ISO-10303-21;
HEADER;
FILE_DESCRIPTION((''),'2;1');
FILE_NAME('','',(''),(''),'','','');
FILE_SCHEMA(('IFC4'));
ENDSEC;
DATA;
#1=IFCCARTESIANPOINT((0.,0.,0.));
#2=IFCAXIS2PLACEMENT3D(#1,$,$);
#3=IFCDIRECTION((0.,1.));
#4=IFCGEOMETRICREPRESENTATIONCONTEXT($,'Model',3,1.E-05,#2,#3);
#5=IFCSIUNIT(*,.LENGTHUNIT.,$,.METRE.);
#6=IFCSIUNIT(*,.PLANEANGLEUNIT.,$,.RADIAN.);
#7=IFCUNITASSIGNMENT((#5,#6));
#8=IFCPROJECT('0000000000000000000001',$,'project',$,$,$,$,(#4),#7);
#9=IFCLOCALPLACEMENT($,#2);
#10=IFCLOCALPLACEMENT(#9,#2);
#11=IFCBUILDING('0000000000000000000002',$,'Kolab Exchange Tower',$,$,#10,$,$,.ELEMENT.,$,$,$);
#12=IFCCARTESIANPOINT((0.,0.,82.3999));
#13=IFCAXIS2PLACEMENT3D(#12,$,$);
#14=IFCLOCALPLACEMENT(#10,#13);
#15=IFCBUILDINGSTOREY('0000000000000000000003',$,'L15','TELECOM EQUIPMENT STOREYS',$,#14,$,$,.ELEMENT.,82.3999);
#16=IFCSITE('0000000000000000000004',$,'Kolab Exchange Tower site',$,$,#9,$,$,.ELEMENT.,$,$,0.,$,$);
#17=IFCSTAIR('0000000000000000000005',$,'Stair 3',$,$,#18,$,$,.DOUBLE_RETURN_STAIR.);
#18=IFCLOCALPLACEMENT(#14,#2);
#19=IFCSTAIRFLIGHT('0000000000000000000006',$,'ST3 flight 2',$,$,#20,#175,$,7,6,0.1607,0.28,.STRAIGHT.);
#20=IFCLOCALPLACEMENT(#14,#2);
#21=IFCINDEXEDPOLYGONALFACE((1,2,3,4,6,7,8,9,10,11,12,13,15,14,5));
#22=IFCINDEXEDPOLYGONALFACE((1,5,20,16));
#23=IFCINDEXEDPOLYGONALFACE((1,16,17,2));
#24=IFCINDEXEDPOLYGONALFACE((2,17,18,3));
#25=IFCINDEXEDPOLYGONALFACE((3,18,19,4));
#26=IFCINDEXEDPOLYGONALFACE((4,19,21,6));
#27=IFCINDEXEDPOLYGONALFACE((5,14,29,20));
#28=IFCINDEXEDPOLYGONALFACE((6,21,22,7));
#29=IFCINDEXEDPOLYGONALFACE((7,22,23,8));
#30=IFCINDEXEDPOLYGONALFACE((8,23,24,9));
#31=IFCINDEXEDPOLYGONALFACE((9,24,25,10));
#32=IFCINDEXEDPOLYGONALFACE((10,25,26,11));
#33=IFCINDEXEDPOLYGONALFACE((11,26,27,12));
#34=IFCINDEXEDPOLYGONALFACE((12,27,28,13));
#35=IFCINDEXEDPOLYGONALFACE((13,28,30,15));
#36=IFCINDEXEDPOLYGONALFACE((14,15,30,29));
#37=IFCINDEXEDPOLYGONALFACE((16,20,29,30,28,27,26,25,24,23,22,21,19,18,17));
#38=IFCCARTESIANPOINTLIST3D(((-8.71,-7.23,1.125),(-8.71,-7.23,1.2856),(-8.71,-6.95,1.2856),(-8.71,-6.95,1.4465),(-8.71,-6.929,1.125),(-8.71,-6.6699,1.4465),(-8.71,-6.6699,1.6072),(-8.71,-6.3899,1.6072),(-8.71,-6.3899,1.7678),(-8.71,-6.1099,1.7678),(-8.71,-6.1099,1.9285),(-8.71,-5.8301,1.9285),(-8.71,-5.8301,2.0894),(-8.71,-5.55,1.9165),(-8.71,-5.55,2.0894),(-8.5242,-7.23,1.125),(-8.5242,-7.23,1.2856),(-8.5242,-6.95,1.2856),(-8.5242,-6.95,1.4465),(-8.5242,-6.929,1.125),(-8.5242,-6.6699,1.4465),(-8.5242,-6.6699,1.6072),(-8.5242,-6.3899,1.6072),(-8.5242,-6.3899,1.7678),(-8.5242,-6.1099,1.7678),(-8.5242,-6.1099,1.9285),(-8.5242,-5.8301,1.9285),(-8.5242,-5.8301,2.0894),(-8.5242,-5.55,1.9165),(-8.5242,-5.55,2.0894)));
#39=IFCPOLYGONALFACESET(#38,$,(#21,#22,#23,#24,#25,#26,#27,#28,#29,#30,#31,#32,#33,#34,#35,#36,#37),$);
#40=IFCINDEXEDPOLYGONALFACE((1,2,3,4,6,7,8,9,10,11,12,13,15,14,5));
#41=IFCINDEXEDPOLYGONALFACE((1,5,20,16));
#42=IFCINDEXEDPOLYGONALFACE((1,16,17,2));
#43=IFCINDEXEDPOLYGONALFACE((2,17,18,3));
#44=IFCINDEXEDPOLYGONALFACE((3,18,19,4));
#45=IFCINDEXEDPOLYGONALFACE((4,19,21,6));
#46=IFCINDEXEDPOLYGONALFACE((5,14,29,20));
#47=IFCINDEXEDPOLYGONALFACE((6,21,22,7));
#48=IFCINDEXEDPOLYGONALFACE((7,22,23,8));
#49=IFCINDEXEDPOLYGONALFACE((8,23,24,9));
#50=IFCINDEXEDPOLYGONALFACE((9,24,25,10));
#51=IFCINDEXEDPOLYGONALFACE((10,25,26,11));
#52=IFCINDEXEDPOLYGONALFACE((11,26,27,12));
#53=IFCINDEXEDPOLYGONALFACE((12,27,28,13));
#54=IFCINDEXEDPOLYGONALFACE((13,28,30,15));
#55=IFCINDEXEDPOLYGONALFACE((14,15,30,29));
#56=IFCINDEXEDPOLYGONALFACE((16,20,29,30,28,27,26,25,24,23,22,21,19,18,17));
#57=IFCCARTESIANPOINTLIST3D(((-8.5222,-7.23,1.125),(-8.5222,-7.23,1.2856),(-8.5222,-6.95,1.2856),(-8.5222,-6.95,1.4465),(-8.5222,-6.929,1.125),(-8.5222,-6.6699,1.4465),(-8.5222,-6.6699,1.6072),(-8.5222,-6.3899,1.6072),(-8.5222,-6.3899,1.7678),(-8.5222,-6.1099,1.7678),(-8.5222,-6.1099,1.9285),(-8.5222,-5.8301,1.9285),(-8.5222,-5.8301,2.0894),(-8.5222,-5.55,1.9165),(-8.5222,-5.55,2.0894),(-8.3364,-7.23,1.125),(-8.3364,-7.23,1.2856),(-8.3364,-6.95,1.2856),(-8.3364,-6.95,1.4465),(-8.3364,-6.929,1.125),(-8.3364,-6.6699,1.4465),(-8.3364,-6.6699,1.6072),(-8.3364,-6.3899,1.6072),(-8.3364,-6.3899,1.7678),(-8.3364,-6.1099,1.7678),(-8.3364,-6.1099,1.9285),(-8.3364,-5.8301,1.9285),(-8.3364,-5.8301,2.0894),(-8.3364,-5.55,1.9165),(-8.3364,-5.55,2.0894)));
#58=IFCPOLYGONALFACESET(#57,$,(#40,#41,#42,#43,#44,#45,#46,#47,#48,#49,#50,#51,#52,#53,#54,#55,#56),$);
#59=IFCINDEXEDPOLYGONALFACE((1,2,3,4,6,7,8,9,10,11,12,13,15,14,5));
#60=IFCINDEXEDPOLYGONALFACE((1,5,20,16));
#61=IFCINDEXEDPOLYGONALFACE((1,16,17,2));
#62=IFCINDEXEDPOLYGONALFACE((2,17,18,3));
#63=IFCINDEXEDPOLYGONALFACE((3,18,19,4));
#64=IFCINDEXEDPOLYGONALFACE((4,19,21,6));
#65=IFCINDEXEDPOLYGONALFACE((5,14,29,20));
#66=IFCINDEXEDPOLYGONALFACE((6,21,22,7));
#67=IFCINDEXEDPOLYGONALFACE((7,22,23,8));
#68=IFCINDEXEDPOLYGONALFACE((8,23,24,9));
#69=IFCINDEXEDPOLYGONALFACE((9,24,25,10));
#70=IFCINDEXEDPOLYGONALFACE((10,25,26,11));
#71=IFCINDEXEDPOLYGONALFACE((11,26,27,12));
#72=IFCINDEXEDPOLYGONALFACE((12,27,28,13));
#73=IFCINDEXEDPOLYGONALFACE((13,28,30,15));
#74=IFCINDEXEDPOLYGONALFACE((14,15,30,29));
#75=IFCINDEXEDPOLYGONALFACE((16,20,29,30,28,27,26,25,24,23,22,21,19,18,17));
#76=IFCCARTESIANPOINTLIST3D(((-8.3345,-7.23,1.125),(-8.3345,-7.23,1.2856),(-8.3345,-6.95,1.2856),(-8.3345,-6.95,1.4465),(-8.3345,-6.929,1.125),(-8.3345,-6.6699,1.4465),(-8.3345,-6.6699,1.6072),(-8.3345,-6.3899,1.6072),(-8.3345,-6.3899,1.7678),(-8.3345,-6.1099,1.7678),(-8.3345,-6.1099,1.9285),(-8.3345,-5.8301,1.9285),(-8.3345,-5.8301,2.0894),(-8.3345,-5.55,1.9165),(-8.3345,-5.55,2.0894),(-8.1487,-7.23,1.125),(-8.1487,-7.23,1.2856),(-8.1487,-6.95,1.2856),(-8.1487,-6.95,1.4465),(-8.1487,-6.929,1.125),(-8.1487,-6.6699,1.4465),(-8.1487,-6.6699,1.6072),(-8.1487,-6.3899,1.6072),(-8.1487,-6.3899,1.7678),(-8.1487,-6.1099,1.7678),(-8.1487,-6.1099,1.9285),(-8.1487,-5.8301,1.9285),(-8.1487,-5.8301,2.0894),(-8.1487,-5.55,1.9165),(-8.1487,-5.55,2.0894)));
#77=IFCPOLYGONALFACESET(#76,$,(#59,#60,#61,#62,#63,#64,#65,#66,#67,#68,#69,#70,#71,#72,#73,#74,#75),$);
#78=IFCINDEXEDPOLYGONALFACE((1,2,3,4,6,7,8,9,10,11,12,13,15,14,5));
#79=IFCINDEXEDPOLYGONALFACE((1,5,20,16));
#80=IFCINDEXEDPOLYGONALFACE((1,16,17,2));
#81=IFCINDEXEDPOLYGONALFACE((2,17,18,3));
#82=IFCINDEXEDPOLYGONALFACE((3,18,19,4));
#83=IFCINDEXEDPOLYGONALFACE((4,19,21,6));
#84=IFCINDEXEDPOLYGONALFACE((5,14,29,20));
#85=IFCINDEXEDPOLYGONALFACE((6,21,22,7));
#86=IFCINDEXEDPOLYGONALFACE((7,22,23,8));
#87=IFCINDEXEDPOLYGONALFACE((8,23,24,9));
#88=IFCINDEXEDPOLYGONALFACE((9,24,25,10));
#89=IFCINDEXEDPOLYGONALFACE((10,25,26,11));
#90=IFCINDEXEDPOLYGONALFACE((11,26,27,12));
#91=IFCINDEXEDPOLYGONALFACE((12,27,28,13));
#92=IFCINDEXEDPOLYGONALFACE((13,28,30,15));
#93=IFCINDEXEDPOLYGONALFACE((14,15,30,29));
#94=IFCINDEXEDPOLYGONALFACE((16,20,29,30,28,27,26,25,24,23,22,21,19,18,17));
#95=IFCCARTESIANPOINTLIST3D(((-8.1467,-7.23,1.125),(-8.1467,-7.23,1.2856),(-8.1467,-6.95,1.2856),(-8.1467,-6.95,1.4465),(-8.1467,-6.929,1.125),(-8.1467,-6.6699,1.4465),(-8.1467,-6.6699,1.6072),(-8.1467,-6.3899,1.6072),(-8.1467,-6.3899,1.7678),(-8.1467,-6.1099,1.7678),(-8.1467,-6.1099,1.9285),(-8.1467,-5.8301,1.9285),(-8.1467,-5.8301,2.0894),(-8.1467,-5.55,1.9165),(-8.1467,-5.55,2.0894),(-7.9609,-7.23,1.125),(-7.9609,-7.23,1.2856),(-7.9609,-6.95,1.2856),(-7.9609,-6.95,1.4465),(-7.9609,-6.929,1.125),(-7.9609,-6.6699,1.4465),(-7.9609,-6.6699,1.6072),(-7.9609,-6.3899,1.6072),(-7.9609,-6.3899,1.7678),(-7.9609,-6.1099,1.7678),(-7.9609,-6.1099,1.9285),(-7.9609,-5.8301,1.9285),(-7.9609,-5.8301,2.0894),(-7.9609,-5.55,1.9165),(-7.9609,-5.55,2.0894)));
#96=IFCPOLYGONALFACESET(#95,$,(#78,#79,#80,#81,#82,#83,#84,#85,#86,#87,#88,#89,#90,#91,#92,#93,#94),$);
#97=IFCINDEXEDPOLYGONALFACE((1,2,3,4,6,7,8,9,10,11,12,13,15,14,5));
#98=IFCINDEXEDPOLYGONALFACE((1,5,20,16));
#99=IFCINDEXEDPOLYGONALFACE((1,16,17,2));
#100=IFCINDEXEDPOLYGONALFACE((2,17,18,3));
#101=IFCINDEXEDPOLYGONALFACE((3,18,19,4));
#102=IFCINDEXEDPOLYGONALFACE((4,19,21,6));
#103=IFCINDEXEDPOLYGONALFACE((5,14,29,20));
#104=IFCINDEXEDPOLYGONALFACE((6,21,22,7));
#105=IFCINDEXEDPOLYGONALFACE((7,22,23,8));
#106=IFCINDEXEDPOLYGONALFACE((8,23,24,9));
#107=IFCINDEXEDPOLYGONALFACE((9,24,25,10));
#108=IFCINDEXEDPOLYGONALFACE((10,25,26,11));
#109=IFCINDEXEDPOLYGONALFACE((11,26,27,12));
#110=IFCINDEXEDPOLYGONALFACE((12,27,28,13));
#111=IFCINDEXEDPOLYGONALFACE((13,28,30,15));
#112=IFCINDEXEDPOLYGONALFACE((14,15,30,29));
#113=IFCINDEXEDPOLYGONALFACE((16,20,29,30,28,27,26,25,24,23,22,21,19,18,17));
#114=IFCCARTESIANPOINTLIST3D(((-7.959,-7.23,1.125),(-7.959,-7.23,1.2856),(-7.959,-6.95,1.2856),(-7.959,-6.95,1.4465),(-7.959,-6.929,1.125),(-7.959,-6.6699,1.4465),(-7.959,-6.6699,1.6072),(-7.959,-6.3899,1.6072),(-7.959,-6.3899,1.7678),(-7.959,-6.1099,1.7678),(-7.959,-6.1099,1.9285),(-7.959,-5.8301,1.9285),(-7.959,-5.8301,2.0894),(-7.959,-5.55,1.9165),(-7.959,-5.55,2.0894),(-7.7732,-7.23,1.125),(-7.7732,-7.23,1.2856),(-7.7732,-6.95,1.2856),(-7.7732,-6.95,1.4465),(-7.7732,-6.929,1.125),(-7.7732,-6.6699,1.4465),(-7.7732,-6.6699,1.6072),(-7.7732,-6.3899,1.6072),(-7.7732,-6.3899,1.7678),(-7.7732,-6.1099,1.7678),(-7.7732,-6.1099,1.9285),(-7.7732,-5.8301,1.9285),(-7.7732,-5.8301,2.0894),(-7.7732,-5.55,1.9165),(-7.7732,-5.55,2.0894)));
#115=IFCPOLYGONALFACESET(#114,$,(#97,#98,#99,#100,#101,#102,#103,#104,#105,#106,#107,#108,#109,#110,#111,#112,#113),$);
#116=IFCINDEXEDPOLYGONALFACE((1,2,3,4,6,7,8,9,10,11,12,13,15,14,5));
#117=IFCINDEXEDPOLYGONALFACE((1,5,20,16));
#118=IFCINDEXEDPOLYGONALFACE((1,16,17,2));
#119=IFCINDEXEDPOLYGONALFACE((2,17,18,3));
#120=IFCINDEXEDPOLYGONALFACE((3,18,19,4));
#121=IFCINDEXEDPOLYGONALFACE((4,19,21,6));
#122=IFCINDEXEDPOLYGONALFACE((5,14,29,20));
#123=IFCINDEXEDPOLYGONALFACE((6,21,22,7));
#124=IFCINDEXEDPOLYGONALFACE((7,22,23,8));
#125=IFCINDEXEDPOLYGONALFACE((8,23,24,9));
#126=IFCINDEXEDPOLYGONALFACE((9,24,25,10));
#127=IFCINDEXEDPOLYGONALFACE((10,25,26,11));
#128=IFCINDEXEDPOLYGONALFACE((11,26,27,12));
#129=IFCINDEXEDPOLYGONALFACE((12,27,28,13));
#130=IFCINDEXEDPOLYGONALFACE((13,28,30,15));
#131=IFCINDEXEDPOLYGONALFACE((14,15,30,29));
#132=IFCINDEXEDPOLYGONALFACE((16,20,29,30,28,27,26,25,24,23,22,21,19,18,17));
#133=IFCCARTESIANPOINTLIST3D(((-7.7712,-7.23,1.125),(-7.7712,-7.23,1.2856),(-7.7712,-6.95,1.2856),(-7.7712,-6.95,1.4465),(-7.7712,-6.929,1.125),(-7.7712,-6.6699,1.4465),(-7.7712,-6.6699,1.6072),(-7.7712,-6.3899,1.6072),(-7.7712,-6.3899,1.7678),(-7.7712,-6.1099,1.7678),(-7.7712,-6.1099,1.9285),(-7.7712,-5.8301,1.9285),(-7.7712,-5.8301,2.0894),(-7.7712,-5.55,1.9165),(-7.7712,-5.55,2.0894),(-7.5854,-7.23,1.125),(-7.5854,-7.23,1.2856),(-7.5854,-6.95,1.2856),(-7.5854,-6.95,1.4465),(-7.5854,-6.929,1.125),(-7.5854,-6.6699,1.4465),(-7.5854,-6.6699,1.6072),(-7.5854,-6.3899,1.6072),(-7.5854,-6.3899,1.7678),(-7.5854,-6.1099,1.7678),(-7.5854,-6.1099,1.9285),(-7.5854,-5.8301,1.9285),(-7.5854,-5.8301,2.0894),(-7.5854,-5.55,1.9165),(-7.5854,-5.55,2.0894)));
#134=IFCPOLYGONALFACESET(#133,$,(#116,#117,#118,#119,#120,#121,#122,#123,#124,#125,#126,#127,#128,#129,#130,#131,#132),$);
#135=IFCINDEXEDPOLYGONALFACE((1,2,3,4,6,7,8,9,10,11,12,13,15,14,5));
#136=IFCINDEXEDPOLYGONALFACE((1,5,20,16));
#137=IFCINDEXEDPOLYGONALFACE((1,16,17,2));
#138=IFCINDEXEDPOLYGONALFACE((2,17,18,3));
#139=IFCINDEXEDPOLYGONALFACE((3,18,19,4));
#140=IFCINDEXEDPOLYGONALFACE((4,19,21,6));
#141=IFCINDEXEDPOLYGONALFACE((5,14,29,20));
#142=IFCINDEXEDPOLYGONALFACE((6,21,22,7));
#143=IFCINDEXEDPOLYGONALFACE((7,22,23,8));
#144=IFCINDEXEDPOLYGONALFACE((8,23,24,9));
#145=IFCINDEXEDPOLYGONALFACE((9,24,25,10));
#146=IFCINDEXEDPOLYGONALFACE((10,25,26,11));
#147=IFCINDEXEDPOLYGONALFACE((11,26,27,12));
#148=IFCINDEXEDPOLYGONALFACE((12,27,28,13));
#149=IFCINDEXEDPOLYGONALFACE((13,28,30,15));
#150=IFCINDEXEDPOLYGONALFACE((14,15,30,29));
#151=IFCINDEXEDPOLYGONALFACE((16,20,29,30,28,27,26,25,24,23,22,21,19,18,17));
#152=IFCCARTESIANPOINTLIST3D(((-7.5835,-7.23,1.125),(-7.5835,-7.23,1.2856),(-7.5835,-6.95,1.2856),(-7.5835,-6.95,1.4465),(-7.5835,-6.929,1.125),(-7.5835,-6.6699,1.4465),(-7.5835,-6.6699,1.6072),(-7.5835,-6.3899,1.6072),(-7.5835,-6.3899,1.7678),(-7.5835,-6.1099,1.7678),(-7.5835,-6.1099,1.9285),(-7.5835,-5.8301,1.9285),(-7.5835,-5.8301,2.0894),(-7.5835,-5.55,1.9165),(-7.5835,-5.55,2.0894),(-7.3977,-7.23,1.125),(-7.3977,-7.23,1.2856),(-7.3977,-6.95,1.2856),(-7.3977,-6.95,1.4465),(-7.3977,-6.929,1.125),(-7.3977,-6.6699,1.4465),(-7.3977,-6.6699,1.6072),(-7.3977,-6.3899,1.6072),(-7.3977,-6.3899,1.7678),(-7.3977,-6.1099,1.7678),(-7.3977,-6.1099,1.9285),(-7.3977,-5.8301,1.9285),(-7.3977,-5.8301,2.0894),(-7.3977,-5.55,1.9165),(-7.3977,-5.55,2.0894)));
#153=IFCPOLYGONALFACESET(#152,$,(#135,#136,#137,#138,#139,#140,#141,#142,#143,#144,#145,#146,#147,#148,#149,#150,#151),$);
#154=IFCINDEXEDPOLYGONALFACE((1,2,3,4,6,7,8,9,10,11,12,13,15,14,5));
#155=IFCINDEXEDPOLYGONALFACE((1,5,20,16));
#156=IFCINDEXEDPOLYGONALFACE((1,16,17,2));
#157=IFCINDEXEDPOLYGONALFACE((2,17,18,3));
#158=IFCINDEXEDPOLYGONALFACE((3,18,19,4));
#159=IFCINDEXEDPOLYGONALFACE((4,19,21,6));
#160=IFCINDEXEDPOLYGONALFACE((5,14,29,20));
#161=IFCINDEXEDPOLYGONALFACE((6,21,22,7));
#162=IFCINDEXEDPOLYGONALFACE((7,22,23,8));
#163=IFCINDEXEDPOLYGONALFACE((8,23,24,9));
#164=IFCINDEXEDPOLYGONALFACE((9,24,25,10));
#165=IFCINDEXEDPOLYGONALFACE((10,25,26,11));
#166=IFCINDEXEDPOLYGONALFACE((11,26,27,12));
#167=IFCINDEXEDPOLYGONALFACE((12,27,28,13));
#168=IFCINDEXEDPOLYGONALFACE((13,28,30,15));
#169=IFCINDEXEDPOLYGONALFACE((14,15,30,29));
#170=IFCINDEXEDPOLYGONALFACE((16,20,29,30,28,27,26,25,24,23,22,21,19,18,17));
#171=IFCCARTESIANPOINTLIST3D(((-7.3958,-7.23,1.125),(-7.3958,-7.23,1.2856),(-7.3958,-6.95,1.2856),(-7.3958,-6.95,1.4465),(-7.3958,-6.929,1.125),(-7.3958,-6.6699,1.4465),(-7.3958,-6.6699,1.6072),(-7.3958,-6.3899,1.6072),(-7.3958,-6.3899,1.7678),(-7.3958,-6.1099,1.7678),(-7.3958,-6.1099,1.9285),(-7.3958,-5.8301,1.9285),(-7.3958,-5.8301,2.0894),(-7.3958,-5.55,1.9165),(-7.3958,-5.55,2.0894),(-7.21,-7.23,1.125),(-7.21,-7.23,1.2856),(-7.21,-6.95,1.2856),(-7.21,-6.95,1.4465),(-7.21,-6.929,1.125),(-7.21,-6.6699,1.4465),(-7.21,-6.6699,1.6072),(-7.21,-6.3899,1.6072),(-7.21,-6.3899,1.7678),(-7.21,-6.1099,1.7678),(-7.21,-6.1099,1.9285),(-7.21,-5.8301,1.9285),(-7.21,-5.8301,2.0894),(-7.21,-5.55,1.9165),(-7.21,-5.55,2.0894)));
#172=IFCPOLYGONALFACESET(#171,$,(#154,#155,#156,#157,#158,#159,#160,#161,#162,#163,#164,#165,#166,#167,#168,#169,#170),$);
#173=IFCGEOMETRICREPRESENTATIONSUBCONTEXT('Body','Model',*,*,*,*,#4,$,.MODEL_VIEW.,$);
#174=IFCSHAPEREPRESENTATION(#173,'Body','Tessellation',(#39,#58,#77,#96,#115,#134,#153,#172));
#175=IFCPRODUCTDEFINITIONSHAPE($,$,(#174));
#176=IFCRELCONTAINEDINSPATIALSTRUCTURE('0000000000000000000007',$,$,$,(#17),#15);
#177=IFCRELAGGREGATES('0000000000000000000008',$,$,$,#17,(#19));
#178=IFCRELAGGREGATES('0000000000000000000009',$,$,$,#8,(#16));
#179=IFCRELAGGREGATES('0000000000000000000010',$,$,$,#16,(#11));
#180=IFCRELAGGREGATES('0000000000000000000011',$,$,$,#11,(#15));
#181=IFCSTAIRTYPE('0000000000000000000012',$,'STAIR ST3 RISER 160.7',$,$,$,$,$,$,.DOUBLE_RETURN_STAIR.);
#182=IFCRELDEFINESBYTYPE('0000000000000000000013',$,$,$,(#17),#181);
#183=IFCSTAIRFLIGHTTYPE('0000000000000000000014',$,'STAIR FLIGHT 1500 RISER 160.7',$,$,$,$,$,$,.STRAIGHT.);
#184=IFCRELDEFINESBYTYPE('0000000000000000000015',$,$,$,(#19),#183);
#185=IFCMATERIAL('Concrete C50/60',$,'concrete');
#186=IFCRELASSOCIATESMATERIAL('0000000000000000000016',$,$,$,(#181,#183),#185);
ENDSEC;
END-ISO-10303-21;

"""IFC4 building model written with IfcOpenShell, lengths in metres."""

from ifc_helpers import new_model, si_unit, direction, frame, origin, place, context, subcontext, project, spatial, polyline, outline, extrude, material, type_object, element, aggregate, save


model = new_model("IFC4")

# Units and contexts
model_context = context("Model", 3, precision=1e-05, world=origin(), true_north=direction((0.0, 1.0)))
body_context = subcontext(model_context, "Body", "Model", "MODEL_VIEW")
ifc_project = project(units=[si_unit("LENGTHUNIT", "METRE"), si_unit("PLANEANGLEUNIT", "RADIAN")], contexts=[model_context])

# Site, building, storey
site_placement = place(None, origin())
site = spatial("IfcSite", under=ifc_project, at=site_placement, Name="Kolab Exchange Tower site", CompositionType="ELEMENT", RefElevation=0.0)
building_placement = place(site_placement, origin())
building = spatial("IfcBuilding", under=site, at=building_placement, Name="Kolab Exchange Tower", CompositionType="ELEMENT")
storey_placement = place(building_placement, frame((0.0, 0.0, 82.3999)))
storey = spatial("IfcBuildingStorey", under=building, at=storey_placement, Name="L15", Description="TELECOM EQUIPMENT STOREYS", CompositionType="ELEMENT", Elevation=82.3999)

# Shared definitions
ifc_material_1 = material(Name="Concrete C50/60", Category="concrete")

# Stair, stair flight
stair_type = type_object("IfcStairType", Name="STAIR ST3 RISER 160.7", PredefinedType="DOUBLE_RETURN_STAIR", material=ifc_material_1)
stair_placement = place(storey_placement, origin())
stair = element("IfcStair", 1, at=stair_placement, inside=storey, type_object=stair_type, Name="Stair 3", PredefinedType="DOUBLE_RETURN_STAIR")
stair_flight_type = type_object("IfcStairFlightType", Name="STAIR FLIGHT 1500 RISER 160.7", PredefinedType="STRAIGHT", material=ifc_material_1)
stair_flight_1_placement = place(storey_placement, frame((-7.96, -7.23, 1.125), z_axis=(0.0, 0.0, 1.0), x_axis=(0.0, 1.0, 0.0)))
stair_flight_1 = element("IfcStairFlight", 2, at=stair_flight_1_placement, type_object=stair_flight_type, Name="ST3 flight 2", NumberOfRisers=7, NumberOfTreads=6, PredefinedType="STRAIGHT", RiserHeight=0.1607, TreadLength=0.28, context=body_context, shape_type="SweptSolid", body=[
    extrude(outline(polyline([(0.0, 0.0), (0.0, 0.1606), (0.28, 0.1606), (0.28, 0.3215), (0.5601, 0.3215), (0.5601, 0.4822), (0.8401, 0.4822), (0.8401, 0.6428), (1.1201, 0.6428), (1.1201, 0.8035), (1.3999, 0.8035), (1.3999, 0.9644), (1.6799, 0.9644), (1.6799, 1.125), (1.6799, 0.7915), (0.301, 0.0), (0.0, 0.0)])), frame((0.0, 0.75, 0.0), z_axis=(0.0, -1.0, 0.0), x_axis=(1.0, 0.0, 0.0)), (0.0, 0.0, 1.0), 0.1858),
    extrude(outline(polyline([(0.0, 0.0), (0.0, 0.1606), (0.28, 0.1606), (0.28, 0.3215), (0.5601, 0.3215), (0.5601, 0.4822), (0.8401, 0.4822), (0.8401, 0.6428), (1.1201, 0.6428), (1.1201, 0.8035), (1.3999, 0.8035), (1.3999, 0.9644), (1.6799, 0.9644), (1.6799, 1.125), (1.6799, 0.7915), (0.301, 0.0), (0.0, 0.0)])), frame((0.0, 0.5623, 0.0), z_axis=(0.0, -1.0, 0.0), x_axis=(1.0, 0.0, 0.0)), (0.0, 0.0, 1.0), 0.1858),
    extrude(outline(polyline([(0.0, 0.0), (0.0, 0.1606), (0.28, 0.1606), (0.28, 0.3215), (0.5601, 0.3215), (0.5601, 0.4822), (0.8401, 0.4822), (0.8401, 0.6428), (1.1201, 0.6428), (1.1201, 0.8035), (1.3999, 0.8035), (1.3999, 0.9644), (1.6799, 0.9644), (1.6799, 1.125), (1.6799, 0.7915), (0.301, 0.0), (0.0, 0.0)])), frame((0.0, 0.3745, 0.0), z_axis=(0.0, -1.0, 0.0), x_axis=(1.0, 0.0, 0.0)), (0.0, 0.0, 1.0), 0.1858),
    extrude(outline(polyline([(0.0, 0.0), (0.0, 0.1606), (0.28, 0.1606), (0.28, 0.3215), (0.5601, 0.3215), (0.5601, 0.4822), (0.8401, 0.4822), (0.8401, 0.6428), (1.1201, 0.6428), (1.1201, 0.8035), (1.3999, 0.8035), (1.3999, 0.9644), (1.6799, 0.9644), (1.6799, 1.125), (1.6799, 0.7915), (0.301, 0.0), (0.0, 0.0)])), frame((0.0, 0.1868, 0.0), z_axis=(0.0, -1.0, 0.0), x_axis=(1.0, 0.0, 0.0)), (0.0, 0.0, 1.0), 0.1858),
    extrude(outline(polyline([(0.0, 0.0), (0.0, 0.1606), (0.28, 0.1606), (0.28, 0.3215), (0.5601, 0.3215), (0.5601, 0.4822), (0.8401, 0.4822), (0.8401, 0.6428), (1.1201, 0.6428), (1.1201, 0.8035), (1.3999, 0.8035), (1.3999, 0.9644), (1.6799, 0.9644), (1.6799, 1.125), (1.6799, 0.7915), (0.301, 0.0), (0.0, 0.0)])), frame((0.0, -0.001, 0.0), z_axis=(0.0, -1.0, 0.0), x_axis=(1.0, 0.0, 0.0)), (0.0, 0.0, 1.0), 0.1858),
    extrude(outline(polyline([(0.0, 0.0), (0.0, 0.1606), (0.28, 0.1606), (0.28, 0.3215), (0.5601, 0.3215), (0.5601, 0.4822), (0.8401, 0.4822), (0.8401, 0.6428), (1.1201, 0.6428), (1.1201, 0.8035), (1.3999, 0.8035), (1.3999, 0.9644), (1.6799, 0.9644), (1.6799, 1.125), (1.6799, 0.7915), (0.301, 0.0), (0.0, 0.0)])), frame((0.0, -0.1887, 0.0), z_axis=(0.0, -1.0, 0.0), x_axis=(1.0, 0.0, 0.0)), (0.0, 0.0, 1.0), 0.1858),
    extrude(outline(polyline([(0.0, 0.0), (0.0, 0.1606), (0.28, 0.1606), (0.28, 0.3215), (0.5601, 0.3215), (0.5601, 0.4822), (0.8401, 0.4822), (0.8401, 0.6428), (1.1201, 0.6428), (1.1201, 0.8035), (1.3999, 0.8035), (1.3999, 0.9644), (1.6799, 0.9644), (1.6799, 1.125), (1.6799, 0.7915), (0.301, 0.0), (0.0, 0.0)])), frame((0.0, -0.3765, 0.0), z_axis=(0.0, -1.0, 0.0), x_axis=(1.0, 0.0, 0.0)), (0.0, 0.0, 1.0), 0.1858),
    extrude(outline(polyline([(0.0, 0.0), (0.0, 0.1606), (0.28, 0.1606), (0.28, 0.3215), (0.5601, 0.3215), (0.5601, 0.4822), (0.8401, 0.4822), (0.8401, 0.6428), (1.1201, 0.6428), (1.1201, 0.8035), (1.3999, 0.8035), (1.3999, 0.9644), (1.6799, 0.9644), (1.6799, 1.125), (1.6799, 0.7915), (0.301, 0.0), (0.0, 0.0)])), frame((0.0, -0.5642, 0.0), z_axis=(0.0, -1.0, 0.0), x_axis=(1.0, 0.0, 0.0)), (0.0, 0.0, 1.0), 0.1858),
])
aggregate(stair, [stair_flight_1])

save(model, "model.ifc")
